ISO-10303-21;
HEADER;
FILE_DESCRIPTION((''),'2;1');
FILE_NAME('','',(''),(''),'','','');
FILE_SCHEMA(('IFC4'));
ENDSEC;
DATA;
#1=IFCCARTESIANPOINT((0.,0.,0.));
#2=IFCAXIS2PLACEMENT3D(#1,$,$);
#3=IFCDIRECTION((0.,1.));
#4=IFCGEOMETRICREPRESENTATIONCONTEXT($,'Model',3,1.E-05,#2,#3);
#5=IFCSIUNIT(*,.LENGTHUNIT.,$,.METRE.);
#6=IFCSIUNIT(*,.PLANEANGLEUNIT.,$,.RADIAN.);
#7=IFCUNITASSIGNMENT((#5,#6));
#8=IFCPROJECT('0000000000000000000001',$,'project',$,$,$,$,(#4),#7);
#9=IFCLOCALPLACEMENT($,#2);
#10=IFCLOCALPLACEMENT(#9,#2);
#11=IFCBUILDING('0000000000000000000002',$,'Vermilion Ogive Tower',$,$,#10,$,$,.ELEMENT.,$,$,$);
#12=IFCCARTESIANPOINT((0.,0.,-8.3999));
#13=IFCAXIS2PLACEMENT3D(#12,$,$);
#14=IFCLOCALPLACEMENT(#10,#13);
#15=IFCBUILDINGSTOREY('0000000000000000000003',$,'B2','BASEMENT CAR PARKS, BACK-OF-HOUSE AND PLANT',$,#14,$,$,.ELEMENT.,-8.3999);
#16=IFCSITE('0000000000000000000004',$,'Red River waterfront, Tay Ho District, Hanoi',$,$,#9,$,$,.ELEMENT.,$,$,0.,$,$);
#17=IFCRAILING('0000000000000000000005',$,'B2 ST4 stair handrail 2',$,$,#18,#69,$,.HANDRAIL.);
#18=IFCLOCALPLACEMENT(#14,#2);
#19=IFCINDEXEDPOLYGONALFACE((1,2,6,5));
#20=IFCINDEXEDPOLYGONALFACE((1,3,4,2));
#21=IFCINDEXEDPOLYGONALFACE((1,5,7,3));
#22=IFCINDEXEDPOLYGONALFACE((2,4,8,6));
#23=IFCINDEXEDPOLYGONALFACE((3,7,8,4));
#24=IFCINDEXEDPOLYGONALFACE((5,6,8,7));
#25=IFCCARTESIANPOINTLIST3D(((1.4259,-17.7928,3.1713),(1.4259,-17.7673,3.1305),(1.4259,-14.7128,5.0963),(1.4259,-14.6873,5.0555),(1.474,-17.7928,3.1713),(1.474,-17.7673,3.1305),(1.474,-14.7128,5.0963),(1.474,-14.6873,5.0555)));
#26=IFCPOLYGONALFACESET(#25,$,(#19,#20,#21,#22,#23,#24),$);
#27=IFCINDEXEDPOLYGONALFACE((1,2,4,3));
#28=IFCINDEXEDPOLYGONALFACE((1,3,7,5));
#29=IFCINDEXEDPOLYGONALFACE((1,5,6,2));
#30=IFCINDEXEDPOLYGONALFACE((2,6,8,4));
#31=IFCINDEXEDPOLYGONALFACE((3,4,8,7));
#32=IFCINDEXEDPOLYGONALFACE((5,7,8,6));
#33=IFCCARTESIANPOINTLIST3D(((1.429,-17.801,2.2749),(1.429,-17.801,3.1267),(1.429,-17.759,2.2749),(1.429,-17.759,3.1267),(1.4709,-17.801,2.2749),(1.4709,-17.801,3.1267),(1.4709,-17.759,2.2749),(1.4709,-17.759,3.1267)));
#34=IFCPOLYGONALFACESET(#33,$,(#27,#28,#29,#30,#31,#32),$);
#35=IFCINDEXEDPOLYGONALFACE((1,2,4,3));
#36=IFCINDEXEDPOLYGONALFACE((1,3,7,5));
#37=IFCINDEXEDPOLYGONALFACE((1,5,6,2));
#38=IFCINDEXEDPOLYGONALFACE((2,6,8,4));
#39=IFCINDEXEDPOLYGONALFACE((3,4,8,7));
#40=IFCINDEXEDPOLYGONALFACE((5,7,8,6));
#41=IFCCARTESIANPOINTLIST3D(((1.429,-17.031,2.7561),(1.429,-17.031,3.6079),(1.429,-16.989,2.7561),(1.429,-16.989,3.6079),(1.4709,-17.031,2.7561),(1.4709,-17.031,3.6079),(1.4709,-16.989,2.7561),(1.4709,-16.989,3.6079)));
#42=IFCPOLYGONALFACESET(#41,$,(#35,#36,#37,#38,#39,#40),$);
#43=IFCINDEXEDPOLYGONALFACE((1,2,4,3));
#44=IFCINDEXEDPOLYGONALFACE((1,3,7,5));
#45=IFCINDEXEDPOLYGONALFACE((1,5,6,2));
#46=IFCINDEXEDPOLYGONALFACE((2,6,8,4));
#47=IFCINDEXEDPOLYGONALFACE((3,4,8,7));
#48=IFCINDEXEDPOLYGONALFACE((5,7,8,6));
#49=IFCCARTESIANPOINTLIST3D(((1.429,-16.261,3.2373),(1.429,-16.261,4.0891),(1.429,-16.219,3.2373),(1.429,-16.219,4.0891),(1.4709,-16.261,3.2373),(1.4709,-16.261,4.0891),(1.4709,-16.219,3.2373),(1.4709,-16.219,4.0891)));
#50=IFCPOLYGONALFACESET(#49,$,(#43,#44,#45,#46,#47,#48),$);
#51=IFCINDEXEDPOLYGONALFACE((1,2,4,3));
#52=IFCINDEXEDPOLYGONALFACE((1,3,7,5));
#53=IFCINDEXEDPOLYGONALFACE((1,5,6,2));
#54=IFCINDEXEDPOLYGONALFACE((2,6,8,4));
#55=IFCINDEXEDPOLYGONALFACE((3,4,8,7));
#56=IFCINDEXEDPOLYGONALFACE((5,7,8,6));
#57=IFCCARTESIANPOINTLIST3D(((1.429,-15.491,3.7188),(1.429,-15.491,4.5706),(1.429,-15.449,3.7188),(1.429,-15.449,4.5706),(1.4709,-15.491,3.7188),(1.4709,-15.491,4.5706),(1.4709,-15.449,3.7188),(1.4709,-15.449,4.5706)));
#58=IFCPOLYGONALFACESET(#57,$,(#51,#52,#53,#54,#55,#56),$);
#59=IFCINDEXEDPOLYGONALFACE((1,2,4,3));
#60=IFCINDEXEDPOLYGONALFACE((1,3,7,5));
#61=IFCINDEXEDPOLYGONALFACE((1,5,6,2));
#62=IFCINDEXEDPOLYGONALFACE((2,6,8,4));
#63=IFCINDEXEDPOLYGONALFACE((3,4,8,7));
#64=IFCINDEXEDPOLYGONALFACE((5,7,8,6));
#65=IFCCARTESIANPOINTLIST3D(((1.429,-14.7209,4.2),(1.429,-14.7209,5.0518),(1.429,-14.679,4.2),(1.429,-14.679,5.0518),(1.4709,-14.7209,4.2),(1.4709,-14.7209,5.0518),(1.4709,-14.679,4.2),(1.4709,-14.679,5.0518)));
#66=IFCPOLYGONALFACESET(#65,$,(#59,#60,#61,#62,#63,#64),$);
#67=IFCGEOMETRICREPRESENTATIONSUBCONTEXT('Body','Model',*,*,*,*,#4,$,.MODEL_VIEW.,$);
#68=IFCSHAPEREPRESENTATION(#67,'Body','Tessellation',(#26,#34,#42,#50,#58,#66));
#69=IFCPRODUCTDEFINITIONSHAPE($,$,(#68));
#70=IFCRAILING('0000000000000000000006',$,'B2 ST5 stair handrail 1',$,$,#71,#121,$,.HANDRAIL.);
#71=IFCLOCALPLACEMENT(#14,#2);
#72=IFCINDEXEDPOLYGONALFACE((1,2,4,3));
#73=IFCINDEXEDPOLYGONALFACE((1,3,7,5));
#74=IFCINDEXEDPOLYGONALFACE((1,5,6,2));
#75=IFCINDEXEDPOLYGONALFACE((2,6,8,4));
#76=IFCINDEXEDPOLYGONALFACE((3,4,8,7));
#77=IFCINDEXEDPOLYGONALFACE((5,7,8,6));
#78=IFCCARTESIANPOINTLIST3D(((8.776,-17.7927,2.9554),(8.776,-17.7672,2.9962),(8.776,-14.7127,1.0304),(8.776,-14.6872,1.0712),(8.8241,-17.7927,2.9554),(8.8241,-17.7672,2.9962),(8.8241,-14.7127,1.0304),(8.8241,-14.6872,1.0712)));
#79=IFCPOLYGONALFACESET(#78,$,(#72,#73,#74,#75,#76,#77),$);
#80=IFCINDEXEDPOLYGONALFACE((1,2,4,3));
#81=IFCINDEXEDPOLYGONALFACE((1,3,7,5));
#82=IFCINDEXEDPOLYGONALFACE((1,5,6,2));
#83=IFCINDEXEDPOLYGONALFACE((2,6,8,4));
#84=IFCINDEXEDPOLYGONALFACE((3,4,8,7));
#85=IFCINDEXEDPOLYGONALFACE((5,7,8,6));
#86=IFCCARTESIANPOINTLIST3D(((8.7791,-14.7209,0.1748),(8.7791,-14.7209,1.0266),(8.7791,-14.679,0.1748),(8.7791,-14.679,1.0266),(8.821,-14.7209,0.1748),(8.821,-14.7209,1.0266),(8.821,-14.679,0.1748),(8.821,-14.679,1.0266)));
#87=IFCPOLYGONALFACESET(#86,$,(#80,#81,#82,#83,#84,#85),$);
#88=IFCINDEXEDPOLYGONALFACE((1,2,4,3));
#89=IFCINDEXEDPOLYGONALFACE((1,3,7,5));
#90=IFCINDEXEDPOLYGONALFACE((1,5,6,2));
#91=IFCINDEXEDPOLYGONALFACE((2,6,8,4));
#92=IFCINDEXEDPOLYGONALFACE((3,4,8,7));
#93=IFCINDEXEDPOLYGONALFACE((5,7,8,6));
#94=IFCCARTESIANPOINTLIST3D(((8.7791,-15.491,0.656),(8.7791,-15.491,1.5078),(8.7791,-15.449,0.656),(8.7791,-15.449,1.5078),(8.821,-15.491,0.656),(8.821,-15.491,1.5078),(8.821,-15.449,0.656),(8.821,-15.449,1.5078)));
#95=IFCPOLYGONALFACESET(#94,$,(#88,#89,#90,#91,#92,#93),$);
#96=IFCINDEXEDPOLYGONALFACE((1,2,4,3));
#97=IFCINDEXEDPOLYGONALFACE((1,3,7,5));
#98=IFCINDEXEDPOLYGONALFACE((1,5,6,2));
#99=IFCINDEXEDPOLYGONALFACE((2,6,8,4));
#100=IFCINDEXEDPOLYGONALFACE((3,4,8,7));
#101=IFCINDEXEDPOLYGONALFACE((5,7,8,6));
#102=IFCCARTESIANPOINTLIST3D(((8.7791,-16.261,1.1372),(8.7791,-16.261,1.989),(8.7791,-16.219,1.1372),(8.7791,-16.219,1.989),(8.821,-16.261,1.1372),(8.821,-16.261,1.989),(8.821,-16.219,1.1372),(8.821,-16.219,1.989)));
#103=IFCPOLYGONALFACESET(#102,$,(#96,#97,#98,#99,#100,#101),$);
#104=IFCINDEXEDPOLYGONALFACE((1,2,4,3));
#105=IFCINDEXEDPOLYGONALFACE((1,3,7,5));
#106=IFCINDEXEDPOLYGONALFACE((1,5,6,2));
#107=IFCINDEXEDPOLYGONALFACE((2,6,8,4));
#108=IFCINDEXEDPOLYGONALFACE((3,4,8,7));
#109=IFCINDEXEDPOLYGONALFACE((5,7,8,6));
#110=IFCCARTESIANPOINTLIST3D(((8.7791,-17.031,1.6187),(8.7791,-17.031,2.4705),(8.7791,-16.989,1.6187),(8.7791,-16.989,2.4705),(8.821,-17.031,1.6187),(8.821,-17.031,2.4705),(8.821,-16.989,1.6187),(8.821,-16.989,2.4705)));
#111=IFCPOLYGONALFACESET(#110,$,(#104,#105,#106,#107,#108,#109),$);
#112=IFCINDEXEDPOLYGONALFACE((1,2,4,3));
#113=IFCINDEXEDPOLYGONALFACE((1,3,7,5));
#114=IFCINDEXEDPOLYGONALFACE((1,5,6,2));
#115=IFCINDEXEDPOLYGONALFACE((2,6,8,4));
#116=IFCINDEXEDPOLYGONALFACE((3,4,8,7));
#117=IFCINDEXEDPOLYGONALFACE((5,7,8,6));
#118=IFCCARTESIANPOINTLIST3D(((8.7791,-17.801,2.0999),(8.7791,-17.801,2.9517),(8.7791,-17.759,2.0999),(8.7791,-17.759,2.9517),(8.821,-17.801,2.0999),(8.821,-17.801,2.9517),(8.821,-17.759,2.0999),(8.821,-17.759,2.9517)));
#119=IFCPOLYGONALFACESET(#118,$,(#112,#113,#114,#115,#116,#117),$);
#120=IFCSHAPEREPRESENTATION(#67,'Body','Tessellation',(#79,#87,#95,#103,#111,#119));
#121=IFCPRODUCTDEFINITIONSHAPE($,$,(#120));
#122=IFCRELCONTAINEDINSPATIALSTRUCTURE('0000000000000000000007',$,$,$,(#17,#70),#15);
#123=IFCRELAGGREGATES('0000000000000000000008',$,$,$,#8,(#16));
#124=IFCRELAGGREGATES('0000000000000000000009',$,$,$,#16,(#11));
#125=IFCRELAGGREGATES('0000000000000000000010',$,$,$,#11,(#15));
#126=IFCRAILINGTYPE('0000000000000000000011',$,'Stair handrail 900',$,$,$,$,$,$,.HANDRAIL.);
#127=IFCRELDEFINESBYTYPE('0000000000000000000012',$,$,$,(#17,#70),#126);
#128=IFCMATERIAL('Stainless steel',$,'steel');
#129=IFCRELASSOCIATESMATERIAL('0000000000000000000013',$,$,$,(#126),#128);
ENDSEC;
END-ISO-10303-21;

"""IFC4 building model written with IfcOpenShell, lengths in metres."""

from ifc_helpers import new_model, si_unit, direction, frame, origin, origin_2d, place, context, subcontext, project, spatial, rectangle, extrude, material, type_object, element, save


model = new_model("IFC4")

# Units and contexts
model_context = context("Model", 3, precision=1e-05, world=origin(), true_north=direction((0.0, 1.0)))
body_context = subcontext(model_context, "Body", "Model", "MODEL_VIEW")
ifc_project = project(units=[si_unit("LENGTHUNIT", "METRE"), si_unit("PLANEANGLEUNIT", "RADIAN")], contexts=[model_context])

# Site, building, storey
site_placement = place(None, origin())
site = spatial("IfcSite", under=ifc_project, at=site_placement, Name="Red River waterfront, Tay Ho District, Hanoi", CompositionType="ELEMENT", RefElevation=0.0)
building_placement = place(site_placement, origin())
building = spatial("IfcBuilding", under=site, at=building_placement, Name="Vermilion Ogive Tower", CompositionType="ELEMENT")
storey_placement = place(building_placement, frame((0.0, 0.0, -8.3999)))
storey = spatial("IfcBuildingStorey", under=building, at=storey_placement, Name="B2", Description="BASEMENT CAR PARKS, BACK-OF-HOUSE AND PLANT", CompositionType="ELEMENT", Elevation=-8.3999)

# Railings
ifc_material_1 = material(Name="Stainless steel", Category="steel")
railing_type_1 = type_object("IfcRailingType", Name="Stair handrail 900", PredefinedType="HANDRAIL", material=ifc_material_1)
railing_1_placement = place(storey_placement, frame((1.45, -17.78, 2.2749)))
element("IfcRailing", 1, at=railing_1_placement, inside=storey, type_object=railing_type_1, Name="B2 ST4 stair handrail 2", PredefinedType="HANDRAIL", context=body_context, shape_type="SweptSolid", body=[
    extrude(rectangle(XDim=0.0481, YDim=0.0481, at=origin_2d()), frame((0.0, 0.0, 0.876), z_axis=(0.0, 0.847998, 0.529999), x_axis=(-1.0, 0.0, 0.0)), (0.0, 0.0, 1.0), 3.6321),
    extrude(rectangle(XDim=0.042, YDim=0.042, at=origin_2d()), origin(), (0.0, 0.0, 1.0), 0.8518),
    extrude(rectangle(XDim=0.042, YDim=0.042, at=origin_2d()), frame((0.0, 0.77, 0.4812)), (0.0, 0.0, 1.0), 0.8518),
    extrude(rectangle(XDim=0.042, YDim=0.042, at=origin_2d()), frame((0.0, 1.54, 0.9624)), (0.0, 0.0, 1.0), 0.8518),
    extrude(rectangle(XDim=0.042, YDim=0.042, at=origin_2d()), frame((0.0, 2.3101, 1.4438)), (0.0, 0.0, 1.0), 0.8518),
    extrude(rectangle(XDim=0.042, YDim=0.042, at=origin_2d()), frame((0.0, 3.0801, 1.925)), (0.0, 0.0, 1.0), 0.8518),
])
railing_2_placement = place(storey_placement, frame((8.8, -14.7, 0.1748)))
element("IfcRailing", 2, at=railing_2_placement, inside=storey, type_object=railing_type_1, Name="B2 ST5 stair handrail 1", PredefinedType="HANDRAIL", context=body_context, shape_type="SweptSolid", body=[
    extrude(rectangle(XDim=0.0481, YDim=0.0481, at=origin_2d()), frame((0.0, 0.0, 0.876), z_axis=(0.0, -0.847998, 0.529999), x_axis=(1.0, 0.0, 0.0)), (0.0, 0.0, 1.0), 3.6321),
    extrude(rectangle(XDim=0.042, YDim=0.042, at=origin_2d()), origin(), (0.0, 0.0, 1.0), 0.8518),
    extrude(rectangle(XDim=0.042, YDim=0.042, at=origin_2d()), frame((0.0, -0.77, 0.4812)), (0.0, 0.0, 1.0), 0.8518),
    extrude(rectangle(XDim=0.042, YDim=0.042, at=origin_2d()), frame((0.0, -1.54, 0.9624)), (0.0, 0.0, 1.0), 0.8518),
    extrude(rectangle(XDim=0.042, YDim=0.042, at=origin_2d()), frame((0.0, -2.3101, 1.4438)), (0.0, 0.0, 1.0), 0.8518),
    extrude(rectangle(XDim=0.042, YDim=0.042, at=origin_2d()), frame((0.0, -3.0801, 1.925)), (0.0, 0.0, 1.0), 0.8518),
])

save(model, "model.ifc")
